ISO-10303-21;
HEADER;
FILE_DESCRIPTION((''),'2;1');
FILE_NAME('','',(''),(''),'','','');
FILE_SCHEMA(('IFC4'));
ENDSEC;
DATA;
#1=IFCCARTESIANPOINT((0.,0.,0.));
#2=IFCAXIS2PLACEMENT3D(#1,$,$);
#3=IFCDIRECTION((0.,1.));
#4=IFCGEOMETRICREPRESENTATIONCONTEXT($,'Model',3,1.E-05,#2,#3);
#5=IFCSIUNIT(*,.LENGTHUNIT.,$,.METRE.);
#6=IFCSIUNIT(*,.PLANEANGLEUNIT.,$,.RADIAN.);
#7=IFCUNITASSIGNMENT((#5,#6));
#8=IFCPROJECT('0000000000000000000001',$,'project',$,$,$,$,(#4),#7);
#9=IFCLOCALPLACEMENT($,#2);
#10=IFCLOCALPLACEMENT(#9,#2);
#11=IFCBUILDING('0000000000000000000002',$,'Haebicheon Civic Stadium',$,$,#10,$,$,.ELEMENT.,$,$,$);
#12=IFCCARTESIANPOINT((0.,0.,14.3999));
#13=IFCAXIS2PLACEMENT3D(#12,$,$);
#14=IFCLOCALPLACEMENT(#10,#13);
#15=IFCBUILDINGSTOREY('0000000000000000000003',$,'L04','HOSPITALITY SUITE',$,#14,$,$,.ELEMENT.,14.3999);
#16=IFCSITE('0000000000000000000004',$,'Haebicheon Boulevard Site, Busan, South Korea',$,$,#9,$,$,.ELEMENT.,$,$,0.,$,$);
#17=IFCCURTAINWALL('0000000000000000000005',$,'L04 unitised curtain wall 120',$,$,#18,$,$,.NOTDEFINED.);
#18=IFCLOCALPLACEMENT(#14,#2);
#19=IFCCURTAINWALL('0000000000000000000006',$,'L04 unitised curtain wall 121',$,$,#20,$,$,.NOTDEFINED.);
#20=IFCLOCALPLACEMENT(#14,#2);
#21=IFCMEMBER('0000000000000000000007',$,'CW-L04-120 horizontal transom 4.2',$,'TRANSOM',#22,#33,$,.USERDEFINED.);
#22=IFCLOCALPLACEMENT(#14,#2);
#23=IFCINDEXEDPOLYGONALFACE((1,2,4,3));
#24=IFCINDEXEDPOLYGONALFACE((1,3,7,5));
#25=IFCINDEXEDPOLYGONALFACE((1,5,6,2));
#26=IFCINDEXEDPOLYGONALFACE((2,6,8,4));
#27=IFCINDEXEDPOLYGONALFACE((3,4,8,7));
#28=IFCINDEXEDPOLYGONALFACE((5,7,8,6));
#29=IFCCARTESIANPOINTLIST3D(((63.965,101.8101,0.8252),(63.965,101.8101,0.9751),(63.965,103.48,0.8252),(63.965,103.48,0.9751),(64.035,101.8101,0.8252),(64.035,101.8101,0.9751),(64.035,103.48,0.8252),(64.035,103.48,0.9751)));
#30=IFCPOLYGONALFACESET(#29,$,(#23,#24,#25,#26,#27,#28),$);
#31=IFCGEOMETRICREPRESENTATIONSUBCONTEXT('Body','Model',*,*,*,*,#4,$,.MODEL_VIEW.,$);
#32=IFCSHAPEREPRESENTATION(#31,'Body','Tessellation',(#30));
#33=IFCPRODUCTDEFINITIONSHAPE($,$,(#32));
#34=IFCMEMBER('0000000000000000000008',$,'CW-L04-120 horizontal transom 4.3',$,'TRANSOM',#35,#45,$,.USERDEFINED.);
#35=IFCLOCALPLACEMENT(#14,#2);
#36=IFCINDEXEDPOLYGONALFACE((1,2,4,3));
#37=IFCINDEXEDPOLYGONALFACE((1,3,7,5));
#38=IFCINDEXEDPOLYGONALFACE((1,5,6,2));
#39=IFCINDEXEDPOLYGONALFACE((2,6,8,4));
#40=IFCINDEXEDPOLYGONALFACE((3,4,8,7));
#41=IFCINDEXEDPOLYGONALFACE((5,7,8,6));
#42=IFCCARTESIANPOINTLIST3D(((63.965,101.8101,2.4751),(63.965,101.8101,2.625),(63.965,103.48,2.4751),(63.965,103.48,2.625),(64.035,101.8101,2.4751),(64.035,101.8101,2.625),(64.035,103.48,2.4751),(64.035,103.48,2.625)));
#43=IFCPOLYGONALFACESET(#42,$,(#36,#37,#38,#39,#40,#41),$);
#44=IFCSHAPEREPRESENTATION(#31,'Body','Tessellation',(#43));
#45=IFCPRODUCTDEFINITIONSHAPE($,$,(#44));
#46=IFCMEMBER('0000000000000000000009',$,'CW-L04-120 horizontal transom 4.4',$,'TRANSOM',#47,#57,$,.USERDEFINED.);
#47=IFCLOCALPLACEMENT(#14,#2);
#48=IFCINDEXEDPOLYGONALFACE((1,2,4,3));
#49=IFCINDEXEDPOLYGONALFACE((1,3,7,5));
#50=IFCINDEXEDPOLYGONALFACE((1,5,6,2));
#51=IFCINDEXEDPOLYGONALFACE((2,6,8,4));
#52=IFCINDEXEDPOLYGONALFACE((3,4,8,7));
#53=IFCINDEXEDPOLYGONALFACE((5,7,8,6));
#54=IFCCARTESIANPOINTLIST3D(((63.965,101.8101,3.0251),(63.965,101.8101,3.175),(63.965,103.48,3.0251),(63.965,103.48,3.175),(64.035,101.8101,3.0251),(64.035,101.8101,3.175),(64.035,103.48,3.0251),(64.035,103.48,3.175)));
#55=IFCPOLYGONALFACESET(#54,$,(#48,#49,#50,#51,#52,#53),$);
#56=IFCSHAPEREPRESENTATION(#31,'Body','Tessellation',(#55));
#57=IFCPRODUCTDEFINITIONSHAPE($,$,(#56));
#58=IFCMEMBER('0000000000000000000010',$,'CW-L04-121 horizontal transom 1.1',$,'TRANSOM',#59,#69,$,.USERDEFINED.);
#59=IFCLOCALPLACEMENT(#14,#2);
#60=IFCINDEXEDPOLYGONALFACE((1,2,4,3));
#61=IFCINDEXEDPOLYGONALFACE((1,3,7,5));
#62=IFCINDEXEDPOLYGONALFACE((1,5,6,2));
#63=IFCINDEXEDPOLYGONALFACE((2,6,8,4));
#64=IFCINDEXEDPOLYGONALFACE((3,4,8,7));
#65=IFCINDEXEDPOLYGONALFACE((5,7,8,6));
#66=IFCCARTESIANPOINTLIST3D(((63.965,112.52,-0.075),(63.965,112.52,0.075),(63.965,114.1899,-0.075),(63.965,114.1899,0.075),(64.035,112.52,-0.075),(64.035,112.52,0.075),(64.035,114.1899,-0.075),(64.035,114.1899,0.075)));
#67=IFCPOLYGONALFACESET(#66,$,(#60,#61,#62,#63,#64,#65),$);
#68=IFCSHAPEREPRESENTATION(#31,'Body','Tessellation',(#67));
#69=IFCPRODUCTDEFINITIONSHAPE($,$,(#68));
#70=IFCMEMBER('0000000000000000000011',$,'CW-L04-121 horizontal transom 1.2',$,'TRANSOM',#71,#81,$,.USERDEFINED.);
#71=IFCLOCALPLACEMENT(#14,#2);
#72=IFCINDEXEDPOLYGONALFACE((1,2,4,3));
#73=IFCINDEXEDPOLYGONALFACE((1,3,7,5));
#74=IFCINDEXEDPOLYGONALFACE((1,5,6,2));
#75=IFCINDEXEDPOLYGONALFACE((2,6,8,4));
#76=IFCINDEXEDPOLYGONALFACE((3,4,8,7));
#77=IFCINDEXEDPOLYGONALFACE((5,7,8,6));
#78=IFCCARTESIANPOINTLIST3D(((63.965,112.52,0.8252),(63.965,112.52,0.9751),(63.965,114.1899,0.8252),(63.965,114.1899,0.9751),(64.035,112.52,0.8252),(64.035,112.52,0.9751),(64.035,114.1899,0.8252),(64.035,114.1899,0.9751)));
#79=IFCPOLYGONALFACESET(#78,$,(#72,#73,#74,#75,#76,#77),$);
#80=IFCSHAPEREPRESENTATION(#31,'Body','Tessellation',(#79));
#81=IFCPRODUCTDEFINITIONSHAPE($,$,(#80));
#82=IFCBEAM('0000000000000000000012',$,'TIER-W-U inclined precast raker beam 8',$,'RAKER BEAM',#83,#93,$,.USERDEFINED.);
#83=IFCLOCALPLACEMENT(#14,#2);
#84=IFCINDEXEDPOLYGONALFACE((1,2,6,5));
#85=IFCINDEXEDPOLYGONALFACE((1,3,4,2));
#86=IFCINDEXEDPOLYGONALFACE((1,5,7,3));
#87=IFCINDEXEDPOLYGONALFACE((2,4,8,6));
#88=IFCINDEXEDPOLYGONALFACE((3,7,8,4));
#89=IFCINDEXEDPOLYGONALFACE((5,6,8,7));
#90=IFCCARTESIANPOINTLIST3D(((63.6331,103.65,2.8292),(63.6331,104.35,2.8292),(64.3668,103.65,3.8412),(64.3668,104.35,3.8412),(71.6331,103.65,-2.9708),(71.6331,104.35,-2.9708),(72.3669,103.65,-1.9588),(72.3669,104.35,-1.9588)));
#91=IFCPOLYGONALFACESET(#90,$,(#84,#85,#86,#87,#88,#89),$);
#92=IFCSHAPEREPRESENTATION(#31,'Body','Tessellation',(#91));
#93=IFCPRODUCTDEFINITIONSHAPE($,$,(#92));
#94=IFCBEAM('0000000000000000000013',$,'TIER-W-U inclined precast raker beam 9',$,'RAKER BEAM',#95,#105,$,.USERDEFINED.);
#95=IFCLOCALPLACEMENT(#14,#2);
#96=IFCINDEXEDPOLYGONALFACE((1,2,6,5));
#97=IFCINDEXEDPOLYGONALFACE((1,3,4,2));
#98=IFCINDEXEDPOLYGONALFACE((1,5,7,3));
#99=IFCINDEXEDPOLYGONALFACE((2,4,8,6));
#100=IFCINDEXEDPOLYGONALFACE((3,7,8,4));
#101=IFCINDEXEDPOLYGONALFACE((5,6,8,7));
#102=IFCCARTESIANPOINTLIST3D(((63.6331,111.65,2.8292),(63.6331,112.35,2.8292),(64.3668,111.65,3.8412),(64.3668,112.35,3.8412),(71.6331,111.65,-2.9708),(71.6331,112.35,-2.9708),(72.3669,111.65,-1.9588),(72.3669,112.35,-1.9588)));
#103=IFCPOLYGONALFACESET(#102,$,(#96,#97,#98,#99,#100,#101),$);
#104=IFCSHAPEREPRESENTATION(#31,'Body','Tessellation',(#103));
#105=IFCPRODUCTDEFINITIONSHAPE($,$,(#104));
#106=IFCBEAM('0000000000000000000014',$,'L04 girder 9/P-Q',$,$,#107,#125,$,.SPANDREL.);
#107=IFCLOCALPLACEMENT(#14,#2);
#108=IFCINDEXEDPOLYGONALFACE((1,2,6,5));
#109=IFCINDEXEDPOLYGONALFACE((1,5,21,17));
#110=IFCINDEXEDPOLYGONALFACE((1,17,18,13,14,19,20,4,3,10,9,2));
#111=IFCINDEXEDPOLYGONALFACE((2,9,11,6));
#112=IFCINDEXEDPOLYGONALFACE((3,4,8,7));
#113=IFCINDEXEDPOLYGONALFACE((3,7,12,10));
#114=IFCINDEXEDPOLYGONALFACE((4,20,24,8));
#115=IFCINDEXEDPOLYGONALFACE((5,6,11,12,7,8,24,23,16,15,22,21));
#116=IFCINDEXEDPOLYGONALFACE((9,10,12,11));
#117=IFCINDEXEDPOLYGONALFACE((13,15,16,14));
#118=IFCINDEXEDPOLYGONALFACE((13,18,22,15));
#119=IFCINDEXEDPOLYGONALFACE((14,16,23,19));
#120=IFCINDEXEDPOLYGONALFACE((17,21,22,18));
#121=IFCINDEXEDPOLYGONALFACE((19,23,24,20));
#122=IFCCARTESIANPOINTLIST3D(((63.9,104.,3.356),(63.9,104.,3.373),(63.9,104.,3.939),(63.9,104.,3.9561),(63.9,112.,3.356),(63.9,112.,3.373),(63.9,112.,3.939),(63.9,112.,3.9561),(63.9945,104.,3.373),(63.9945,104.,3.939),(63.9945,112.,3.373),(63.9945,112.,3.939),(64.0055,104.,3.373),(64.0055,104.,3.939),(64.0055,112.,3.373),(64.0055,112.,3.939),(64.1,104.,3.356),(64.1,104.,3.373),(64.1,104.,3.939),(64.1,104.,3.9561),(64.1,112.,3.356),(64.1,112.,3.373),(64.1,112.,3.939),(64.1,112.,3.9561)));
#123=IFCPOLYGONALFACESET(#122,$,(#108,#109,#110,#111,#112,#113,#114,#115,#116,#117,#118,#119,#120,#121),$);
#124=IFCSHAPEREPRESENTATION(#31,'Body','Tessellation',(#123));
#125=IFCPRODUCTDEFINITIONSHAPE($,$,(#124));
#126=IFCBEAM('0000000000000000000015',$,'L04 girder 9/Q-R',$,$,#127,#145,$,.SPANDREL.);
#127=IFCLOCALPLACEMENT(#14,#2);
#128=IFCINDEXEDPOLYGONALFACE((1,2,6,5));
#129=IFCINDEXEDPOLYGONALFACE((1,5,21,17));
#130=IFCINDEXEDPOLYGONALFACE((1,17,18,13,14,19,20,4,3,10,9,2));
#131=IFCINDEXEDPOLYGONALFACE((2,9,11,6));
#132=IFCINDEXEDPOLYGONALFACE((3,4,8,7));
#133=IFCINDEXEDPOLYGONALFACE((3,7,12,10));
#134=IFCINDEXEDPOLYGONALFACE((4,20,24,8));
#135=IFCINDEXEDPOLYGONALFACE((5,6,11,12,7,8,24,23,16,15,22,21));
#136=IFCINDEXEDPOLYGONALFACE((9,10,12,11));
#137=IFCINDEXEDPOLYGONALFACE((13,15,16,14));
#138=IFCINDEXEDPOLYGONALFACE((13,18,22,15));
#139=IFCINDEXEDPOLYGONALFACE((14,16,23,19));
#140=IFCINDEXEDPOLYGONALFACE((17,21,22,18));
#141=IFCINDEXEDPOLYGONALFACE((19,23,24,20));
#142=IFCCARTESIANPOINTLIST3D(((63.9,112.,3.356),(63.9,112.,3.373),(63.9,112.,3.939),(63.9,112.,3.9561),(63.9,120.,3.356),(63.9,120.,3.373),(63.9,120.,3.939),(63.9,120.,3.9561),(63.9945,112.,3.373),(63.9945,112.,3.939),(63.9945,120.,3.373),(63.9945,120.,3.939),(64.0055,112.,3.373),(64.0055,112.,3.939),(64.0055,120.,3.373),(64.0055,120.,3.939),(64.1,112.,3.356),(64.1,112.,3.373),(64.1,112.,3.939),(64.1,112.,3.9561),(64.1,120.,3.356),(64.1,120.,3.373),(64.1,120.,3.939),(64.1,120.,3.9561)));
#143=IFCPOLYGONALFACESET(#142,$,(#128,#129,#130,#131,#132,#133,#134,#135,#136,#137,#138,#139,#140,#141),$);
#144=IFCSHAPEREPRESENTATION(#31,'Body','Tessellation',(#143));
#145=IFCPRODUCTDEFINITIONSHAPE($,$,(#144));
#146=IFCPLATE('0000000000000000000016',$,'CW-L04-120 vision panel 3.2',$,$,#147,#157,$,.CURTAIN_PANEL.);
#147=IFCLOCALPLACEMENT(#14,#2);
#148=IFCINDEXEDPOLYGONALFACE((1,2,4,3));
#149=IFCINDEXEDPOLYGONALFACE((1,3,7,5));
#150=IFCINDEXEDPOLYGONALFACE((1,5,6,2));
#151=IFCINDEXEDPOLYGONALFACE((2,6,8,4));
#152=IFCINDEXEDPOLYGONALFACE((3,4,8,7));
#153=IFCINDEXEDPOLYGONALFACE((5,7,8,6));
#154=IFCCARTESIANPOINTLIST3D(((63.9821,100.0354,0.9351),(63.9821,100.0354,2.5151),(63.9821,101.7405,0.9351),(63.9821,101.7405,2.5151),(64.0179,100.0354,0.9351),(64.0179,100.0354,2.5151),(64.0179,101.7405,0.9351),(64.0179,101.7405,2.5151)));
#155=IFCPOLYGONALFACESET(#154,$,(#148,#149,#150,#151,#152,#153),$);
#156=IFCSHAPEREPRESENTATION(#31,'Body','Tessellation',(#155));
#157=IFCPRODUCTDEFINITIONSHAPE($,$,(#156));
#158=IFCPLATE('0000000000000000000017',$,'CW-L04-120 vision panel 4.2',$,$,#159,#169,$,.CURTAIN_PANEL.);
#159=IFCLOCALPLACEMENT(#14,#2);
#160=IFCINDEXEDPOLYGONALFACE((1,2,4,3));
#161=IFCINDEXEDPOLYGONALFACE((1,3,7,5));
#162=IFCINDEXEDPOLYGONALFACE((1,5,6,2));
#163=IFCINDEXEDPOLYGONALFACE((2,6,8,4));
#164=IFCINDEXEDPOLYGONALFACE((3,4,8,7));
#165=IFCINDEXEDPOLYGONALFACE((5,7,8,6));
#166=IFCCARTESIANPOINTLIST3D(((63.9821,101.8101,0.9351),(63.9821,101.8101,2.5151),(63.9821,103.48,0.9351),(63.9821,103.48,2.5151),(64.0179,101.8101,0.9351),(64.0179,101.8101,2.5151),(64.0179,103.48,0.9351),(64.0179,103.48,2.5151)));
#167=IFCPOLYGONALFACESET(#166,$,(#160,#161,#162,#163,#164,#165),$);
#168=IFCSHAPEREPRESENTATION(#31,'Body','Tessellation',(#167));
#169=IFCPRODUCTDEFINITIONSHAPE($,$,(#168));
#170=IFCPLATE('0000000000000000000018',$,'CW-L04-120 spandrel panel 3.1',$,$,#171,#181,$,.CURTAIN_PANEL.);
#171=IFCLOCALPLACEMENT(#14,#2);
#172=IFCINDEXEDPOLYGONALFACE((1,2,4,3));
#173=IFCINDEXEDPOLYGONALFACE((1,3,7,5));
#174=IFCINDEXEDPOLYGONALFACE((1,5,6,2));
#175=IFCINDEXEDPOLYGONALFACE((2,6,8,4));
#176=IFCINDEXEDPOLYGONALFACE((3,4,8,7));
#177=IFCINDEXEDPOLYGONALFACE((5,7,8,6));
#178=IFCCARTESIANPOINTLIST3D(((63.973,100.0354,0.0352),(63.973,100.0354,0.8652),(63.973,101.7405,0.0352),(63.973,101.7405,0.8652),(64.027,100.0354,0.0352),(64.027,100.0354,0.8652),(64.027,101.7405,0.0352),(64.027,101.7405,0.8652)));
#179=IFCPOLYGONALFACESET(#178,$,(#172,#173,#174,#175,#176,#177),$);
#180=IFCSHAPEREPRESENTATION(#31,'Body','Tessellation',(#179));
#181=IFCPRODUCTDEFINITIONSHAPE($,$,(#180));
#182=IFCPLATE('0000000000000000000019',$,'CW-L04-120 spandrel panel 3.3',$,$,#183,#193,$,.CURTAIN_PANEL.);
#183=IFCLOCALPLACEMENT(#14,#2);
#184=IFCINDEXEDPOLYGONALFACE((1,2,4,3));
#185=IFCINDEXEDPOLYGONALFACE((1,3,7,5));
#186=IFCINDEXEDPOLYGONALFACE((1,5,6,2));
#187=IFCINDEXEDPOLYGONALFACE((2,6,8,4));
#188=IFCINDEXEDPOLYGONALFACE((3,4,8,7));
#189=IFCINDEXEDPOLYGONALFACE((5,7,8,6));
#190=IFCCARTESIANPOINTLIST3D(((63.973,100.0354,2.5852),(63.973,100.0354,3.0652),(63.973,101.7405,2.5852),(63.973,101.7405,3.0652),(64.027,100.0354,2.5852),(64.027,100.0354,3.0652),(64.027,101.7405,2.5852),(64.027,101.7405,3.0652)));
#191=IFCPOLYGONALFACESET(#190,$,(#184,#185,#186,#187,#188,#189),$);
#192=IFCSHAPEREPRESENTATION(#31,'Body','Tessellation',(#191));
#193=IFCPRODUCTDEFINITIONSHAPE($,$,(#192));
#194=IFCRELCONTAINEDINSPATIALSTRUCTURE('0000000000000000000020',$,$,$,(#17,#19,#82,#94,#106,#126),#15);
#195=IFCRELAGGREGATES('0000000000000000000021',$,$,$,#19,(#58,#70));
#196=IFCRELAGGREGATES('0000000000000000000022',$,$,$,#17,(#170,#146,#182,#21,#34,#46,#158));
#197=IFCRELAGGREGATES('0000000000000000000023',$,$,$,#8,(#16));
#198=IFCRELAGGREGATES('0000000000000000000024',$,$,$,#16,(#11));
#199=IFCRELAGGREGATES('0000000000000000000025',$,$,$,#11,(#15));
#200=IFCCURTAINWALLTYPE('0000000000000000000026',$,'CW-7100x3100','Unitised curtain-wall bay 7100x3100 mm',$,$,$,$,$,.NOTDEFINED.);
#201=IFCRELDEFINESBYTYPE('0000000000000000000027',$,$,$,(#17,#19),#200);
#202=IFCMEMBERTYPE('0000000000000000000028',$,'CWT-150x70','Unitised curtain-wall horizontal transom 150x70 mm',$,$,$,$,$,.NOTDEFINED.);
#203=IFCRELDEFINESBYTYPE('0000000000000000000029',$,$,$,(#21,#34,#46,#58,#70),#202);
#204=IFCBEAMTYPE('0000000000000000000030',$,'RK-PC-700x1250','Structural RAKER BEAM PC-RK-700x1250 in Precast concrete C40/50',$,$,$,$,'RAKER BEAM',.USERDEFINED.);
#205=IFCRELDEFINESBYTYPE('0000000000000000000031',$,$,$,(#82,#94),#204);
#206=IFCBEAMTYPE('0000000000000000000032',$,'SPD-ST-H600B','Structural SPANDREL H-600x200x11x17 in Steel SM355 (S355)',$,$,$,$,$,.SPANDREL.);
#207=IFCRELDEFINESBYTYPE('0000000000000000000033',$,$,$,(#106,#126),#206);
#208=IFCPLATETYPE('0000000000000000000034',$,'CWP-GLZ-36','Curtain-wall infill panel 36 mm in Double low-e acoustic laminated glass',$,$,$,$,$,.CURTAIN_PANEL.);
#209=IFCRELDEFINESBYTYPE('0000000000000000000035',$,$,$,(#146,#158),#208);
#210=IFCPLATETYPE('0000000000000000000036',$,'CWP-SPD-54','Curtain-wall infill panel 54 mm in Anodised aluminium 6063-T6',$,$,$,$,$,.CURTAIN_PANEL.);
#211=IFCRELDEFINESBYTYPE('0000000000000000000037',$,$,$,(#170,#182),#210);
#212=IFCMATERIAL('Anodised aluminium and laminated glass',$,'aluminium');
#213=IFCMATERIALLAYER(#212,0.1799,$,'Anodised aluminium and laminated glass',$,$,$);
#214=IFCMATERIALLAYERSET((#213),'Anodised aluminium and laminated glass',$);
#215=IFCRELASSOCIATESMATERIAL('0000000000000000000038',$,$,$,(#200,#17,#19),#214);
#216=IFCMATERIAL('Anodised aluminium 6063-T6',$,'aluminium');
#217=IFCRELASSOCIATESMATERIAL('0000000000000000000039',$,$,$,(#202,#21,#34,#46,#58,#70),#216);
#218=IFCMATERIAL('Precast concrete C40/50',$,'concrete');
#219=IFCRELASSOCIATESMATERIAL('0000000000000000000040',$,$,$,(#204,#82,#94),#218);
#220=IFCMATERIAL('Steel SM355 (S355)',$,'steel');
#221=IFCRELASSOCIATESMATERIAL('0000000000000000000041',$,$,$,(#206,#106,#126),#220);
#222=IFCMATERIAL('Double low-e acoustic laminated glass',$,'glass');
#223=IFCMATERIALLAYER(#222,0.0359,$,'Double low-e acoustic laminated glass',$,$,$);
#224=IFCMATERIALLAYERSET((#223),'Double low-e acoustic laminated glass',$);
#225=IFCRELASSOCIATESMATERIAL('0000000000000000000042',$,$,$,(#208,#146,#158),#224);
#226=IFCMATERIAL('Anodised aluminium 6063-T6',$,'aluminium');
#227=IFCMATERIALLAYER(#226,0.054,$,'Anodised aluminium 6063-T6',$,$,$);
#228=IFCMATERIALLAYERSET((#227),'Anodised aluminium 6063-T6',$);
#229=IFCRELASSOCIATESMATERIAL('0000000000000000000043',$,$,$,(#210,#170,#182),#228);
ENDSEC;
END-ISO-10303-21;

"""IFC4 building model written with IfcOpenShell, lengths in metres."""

from ifc_helpers import new_model, si_unit, direction, frame, origin, origin_2d, place, context, subcontext, project, spatial, rectangle, i_section, extrude, material, layer, layer_set, material_profile, profile_set, type_object, element, aggregate, save


model = new_model("IFC4")

# Units and contexts
model_context = context("Model", 3, precision=1e-05, world=origin(), true_north=direction((0.0, 1.0)))
body_context = subcontext(model_context, "Body", "Model", "MODEL_VIEW")
ifc_project = project(units=[si_unit("LENGTHUNIT", "METRE"), si_unit("PLANEANGLEUNIT", "RADIAN")], contexts=[model_context])

# Site, building, storey
site_placement = place(None, origin())
site = spatial("IfcSite", under=ifc_project, at=site_placement, Name="Haebicheon Boulevard Site, Busan, South Korea", CompositionType="ELEMENT", RefElevation=0.0)
building_placement = place(site_placement, origin())
building = spatial("IfcBuilding", under=site, at=building_placement, Name="Haebicheon Civic Stadium", CompositionType="ELEMENT")
storey_placement = place(building_placement, frame((0.0, 0.0, 14.3999)))
storey = spatial("IfcBuildingStorey", under=building, at=storey_placement, Name="L04", Description="HOSPITALITY SUITE", CompositionType="ELEMENT", Elevation=14.3999)

# Curtain wall
ifc_material_1 = material(Name="Anodised aluminium and laminated glass", Category="aluminium")
ifc_layer_1 = layer(ifc_material_1, 0.1799, Name="Anodised aluminium and laminated glass")
ifc_layer_set_1 = layer_set([ifc_layer_1], Name="Anodised aluminium and laminated glass")
curtain_wall_type = type_object("IfcCurtainWallType", Name="CW-7100x3100", Description="Unitised curtain-wall bay 7100x3100 mm", PredefinedType="NOTDEFINED", material=ifc_layer_set_1)
curtain_wall_1_placement = place(storey_placement, origin())
curtain_wall_1 = element("IfcCurtainWall", 1, at=curtain_wall_1_placement, inside=storey, type_object=curtain_wall_type, material=ifc_layer_set_1, Name="L04 unitised curtain wall 120", PredefinedType="NOTDEFINED")

# Curtain wall
curtain_wall_2_placement = place(storey_placement, origin())
curtain_wall_2 = element("IfcCurtainWall", 2, at=curtain_wall_2_placement, inside=storey, type_object=curtain_wall_type, material=ifc_layer_set_1, Name="L04 unitised curtain wall 121", PredefinedType="NOTDEFINED")

# Members
ifc_material_2 = material(Name="Anodised aluminium 6063-T6", Category="aluminium")
ifc_material_profile_1 = material_profile(ifc_material_2, rectangle(XDim=0.0701, YDim=0.1499, at=origin_2d()), Name="ALU-TRAN-70x150")
ifc_profile_set_1 = profile_set([ifc_material_profile_1], Name="Anodised aluminium 6063-T6")
member_type_1 = type_object("IfcMemberType", Name="CWT-150x70", Description="Unitised curtain-wall horizontal transom 150x70 mm", PredefinedType="NOTDEFINED", material=ifc_profile_set_1)
member_1_placement = place(storey_placement, frame((64.0, 101.8101, 0.9001), z_axis=(0.0, 1.0, 0.0), x_axis=(-1.0, 0.0, 0.0)))
member_1 = element("IfcMember", 3, at=member_1_placement, type_object=member_type_1, material=ifc_profile_set_1, Name="CW-L04-120 horizontal transom 4.2", ObjectType="TRANSOM", PredefinedType="USERDEFINED", context=body_context, shape_type="SweptSolid", body=[
    extrude(rectangle(XDim=0.0701, YDim=0.1499, at=origin_2d()), origin(), (0.0, 0.0, 1.0), 1.6699),
])
member_2_placement = place(storey_placement, frame((64.0, 101.8101, 2.55), z_axis=(0.0, 1.0, 0.0), x_axis=(-1.0, 0.0, 0.0)))
member_2 = element("IfcMember", 4, at=member_2_placement, type_object=member_type_1, material=ifc_profile_set_1, Name="CW-L04-120 horizontal transom 4.3", ObjectType="TRANSOM", PredefinedType="USERDEFINED", context=body_context, shape_type="SweptSolid", body=[
    extrude(rectangle(XDim=0.0701, YDim=0.1499, at=origin_2d()), origin(), (0.0, 0.0, 1.0), 1.6699),
])
member_3_placement = place(storey_placement, frame((64.0, 101.8101, 3.1001), z_axis=(0.0, 1.0, 0.0), x_axis=(-1.0, 0.0, 0.0)))
member_3 = element("IfcMember", 5, at=member_3_placement, type_object=member_type_1, material=ifc_profile_set_1, Name="CW-L04-120 horizontal transom 4.4", ObjectType="TRANSOM", PredefinedType="USERDEFINED", context=body_context, shape_type="SweptSolid", body=[
    extrude(rectangle(XDim=0.0701, YDim=0.1499, at=origin_2d()), origin(), (0.0, 0.0, 1.0), 1.6699),
])
member_4_placement = place(storey_placement, frame((64.0, 112.52, 0.0), z_axis=(0.0, 1.0, 0.0), x_axis=(-1.0, 0.0, 0.0)))
member_4 = element("IfcMember", 6, at=member_4_placement, type_object=member_type_1, material=ifc_profile_set_1, Name="CW-L04-121 horizontal transom 1.1", ObjectType="TRANSOM", PredefinedType="USERDEFINED", context=body_context, shape_type="SweptSolid", body=[
    extrude(rectangle(XDim=0.0701, YDim=0.1499, at=origin_2d()), origin(), (0.0, 0.0, 1.0), 1.6699),
])
member_5_placement = place(storey_placement, frame((64.0, 112.52, 0.9001), z_axis=(0.0, 1.0, 0.0), x_axis=(-1.0, 0.0, 0.0)))
member_5 = element("IfcMember", 7, at=member_5_placement, type_object=member_type_1, material=ifc_profile_set_1, Name="CW-L04-121 horizontal transom 1.2", ObjectType="TRANSOM", PredefinedType="USERDEFINED", context=body_context, shape_type="SweptSolid", body=[
    extrude(rectangle(XDim=0.0701, YDim=0.1499, at=origin_2d()), origin(), (0.0, 0.0, 1.0), 1.6699),
])
aggregate(curtain_wall_2, [member_4, member_5])

# Beams
ifc_material_3 = material(Name="Precast concrete C40/50", Category="concrete")
ifc_material_profile_2 = material_profile(ifc_material_3, rectangle(XDim=0.7, YDim=1.25, at=origin_2d()), Name="PC-RK-700x1250")
ifc_profile_set_2 = profile_set([ifc_material_profile_2], Name="Precast concrete C40/50")
beam_type_1 = type_object("IfcBeamType", Name="RK-PC-700x1250", Description="Structural RAKER BEAM PC-RK-700x1250 in Precast concrete C40/50", ElementType="RAKER BEAM", PredefinedType="USERDEFINED", material=ifc_profile_set_2)
for number, where, z_axis, x_axis, name in (
    (8, (72.0, 104.0, -2.4648), (-0.809608, 0.0, 0.586971), (0.0, -1.0, 0.0), "TIER-W-U inclined precast raker beam 8"),
    (9, (72.0, 112.0, -2.4648), (-0.809608, 0.0, 0.586971), (0.0, -1.0, 0.0), "TIER-W-U inclined precast raker beam 9"),
):
    element("IfcBeam", number, at=place(storey_placement, frame(where, z_axis=z_axis, x_axis=x_axis)), inside=storey, type_object=beam_type_1, material=ifc_profile_set_2, Name=name, ObjectType="RAKER BEAM", PredefinedType="USERDEFINED", context=body_context, shape_type="SweptSolid", body=[
        extrude(rectangle(XDim=0.7, YDim=1.25, at=origin_2d()), origin(), (0.0, 0.0, 1.0), 9.8813),
    ])
ifc_material_4 = material(Name="Steel SM355 (S355)", Category="steel")
ifc_material_profile_3 = material_profile(ifc_material_4, i_section(OverallWidth=0.2, OverallDepth=0.6001, WebThickness=0.011, FlangeThickness=0.0171, at=origin_2d()), Name="H-600x200x11x17")
ifc_profile_set_3 = profile_set([ifc_material_profile_3], Name="Steel SM355 (S355)")
beam_type_2 = type_object("IfcBeamType", Name="SPD-ST-H600B", Description="Structural SPANDREL H-600x200x11x17 in Steel SM355 (S355)", PredefinedType="SPANDREL", material=ifc_profile_set_3)
for number, where, z_axis, x_axis, name in (
    (10, (64.0, 104.0, 3.656), (0.0, 1.0, 0.0), (-1.0, 0.0, 0.0), "L04 girder 9/P-Q"),
    (11, (64.0, 112.0, 3.656), (0.0, 1.0, 0.0), (-1.0, 0.0, 0.0), "L04 girder 9/Q-R"),
):
    element("IfcBeam", number, at=place(storey_placement, frame(where, z_axis=z_axis, x_axis=x_axis)), inside=storey, type_object=beam_type_2, material=ifc_profile_set_3, Name=name, PredefinedType="SPANDREL", context=body_context, shape_type="SweptSolid", body=[
        extrude(i_section(OverallWidth=0.2, OverallDepth=0.6001, WebThickness=0.011, FlangeThickness=0.0171, at=origin_2d()), origin(), (0.0, 0.0, 1.0), 8.0),
    ])

# Plates
ifc_material_5 = material(Name="Double low-e acoustic laminated glass", Category="glass")
ifc_layer_2 = layer(ifc_material_5, 0.0359, Name="Double low-e acoustic laminated glass")
ifc_layer_set_2 = layer_set([ifc_layer_2], Name="Double low-e acoustic laminated glass")
plate_type_1 = type_object("IfcPlateType", Name="CWP-GLZ-36", Description="Curtain-wall infill panel 36 mm in Double low-e acoustic laminated glass", PredefinedType="CURTAIN_PANEL", material=ifc_layer_set_2)
plate_1_placement = place(storey_placement, frame((64.0, 100.8879, 0.9351), z_axis=(0.0, 0.0, 1.0), x_axis=(0.0, 1.0, 0.0)))
plate_1 = element("IfcPlate", 12, at=plate_1_placement, type_object=plate_type_1, material=ifc_layer_set_2, Name="CW-L04-120 vision panel 3.2", PredefinedType="CURTAIN_PANEL", context=body_context, shape_type="SweptSolid", body=[
    extrude(rectangle(XDim=1.7051, YDim=0.0359, at=origin_2d()), origin(), (0.0, 0.0, 1.0), 1.5801),
])
plate_2_placement = place(storey_placement, frame((64.0, 102.645, 0.9351), z_axis=(0.0, 0.0, 1.0), x_axis=(0.0, 1.0, 0.0)))
plate_2 = element("IfcPlate", 13, at=plate_2_placement, type_object=plate_type_1, material=ifc_layer_set_2, Name="CW-L04-120 vision panel 4.2", PredefinedType="CURTAIN_PANEL", context=body_context, shape_type="SweptSolid", body=[
    extrude(rectangle(XDim=1.6699, YDim=0.0359, at=origin_2d()), origin(), (0.0, 0.0, 1.0), 1.5801),
])
ifc_material_6 = material(Name="Anodised aluminium 6063-T6", Category="aluminium")
ifc_layer_3 = layer(ifc_material_6, 0.054, Name="Anodised aluminium 6063-T6")
ifc_layer_set_3 = layer_set([ifc_layer_3], Name="Anodised aluminium 6063-T6")
plate_type_2 = type_object("IfcPlateType", Name="CWP-SPD-54", Description="Curtain-wall infill panel 54 mm in Anodised aluminium 6063-T6", PredefinedType="CURTAIN_PANEL", material=ifc_layer_set_3)
plate_3_placement = place(storey_placement, frame((64.0, 100.8879, 0.0352), z_axis=(0.0, 0.0, 1.0), x_axis=(0.0, 1.0, 0.0)))
plate_3 = element("IfcPlate", 14, at=plate_3_placement, type_object=plate_type_2, material=ifc_layer_set_3, Name="CW-L04-120 spandrel panel 3.1", PredefinedType="CURTAIN_PANEL", context=body_context, shape_type="SweptSolid", body=[
    extrude(rectangle(XDim=1.7051, YDim=0.054, at=origin_2d()), origin(), (0.0, 0.0, 1.0), 0.8301),
])
plate_4_placement = place(storey_placement, frame((64.0, 100.8879, 2.5852), z_axis=(0.0, 0.0, 1.0), x_axis=(0.0, 1.0, 0.0)))
plate_4 = element("IfcPlate", 15, at=plate_4_placement, type_object=plate_type_2, material=ifc_layer_set_3, Name="CW-L04-120 spandrel panel 3.3", PredefinedType="CURTAIN_PANEL", context=body_context, shape_type="SweptSolid", body=[
    extrude(rectangle(XDim=1.7051, YDim=0.054, at=origin_2d()), origin(), (0.0, 0.0, 1.0), 0.48),
])
aggregate(curtain_wall_1, [plate_3, plate_1, plate_4, member_1, member_2, member_3, plate_2])

save(model, "model.ifc")
